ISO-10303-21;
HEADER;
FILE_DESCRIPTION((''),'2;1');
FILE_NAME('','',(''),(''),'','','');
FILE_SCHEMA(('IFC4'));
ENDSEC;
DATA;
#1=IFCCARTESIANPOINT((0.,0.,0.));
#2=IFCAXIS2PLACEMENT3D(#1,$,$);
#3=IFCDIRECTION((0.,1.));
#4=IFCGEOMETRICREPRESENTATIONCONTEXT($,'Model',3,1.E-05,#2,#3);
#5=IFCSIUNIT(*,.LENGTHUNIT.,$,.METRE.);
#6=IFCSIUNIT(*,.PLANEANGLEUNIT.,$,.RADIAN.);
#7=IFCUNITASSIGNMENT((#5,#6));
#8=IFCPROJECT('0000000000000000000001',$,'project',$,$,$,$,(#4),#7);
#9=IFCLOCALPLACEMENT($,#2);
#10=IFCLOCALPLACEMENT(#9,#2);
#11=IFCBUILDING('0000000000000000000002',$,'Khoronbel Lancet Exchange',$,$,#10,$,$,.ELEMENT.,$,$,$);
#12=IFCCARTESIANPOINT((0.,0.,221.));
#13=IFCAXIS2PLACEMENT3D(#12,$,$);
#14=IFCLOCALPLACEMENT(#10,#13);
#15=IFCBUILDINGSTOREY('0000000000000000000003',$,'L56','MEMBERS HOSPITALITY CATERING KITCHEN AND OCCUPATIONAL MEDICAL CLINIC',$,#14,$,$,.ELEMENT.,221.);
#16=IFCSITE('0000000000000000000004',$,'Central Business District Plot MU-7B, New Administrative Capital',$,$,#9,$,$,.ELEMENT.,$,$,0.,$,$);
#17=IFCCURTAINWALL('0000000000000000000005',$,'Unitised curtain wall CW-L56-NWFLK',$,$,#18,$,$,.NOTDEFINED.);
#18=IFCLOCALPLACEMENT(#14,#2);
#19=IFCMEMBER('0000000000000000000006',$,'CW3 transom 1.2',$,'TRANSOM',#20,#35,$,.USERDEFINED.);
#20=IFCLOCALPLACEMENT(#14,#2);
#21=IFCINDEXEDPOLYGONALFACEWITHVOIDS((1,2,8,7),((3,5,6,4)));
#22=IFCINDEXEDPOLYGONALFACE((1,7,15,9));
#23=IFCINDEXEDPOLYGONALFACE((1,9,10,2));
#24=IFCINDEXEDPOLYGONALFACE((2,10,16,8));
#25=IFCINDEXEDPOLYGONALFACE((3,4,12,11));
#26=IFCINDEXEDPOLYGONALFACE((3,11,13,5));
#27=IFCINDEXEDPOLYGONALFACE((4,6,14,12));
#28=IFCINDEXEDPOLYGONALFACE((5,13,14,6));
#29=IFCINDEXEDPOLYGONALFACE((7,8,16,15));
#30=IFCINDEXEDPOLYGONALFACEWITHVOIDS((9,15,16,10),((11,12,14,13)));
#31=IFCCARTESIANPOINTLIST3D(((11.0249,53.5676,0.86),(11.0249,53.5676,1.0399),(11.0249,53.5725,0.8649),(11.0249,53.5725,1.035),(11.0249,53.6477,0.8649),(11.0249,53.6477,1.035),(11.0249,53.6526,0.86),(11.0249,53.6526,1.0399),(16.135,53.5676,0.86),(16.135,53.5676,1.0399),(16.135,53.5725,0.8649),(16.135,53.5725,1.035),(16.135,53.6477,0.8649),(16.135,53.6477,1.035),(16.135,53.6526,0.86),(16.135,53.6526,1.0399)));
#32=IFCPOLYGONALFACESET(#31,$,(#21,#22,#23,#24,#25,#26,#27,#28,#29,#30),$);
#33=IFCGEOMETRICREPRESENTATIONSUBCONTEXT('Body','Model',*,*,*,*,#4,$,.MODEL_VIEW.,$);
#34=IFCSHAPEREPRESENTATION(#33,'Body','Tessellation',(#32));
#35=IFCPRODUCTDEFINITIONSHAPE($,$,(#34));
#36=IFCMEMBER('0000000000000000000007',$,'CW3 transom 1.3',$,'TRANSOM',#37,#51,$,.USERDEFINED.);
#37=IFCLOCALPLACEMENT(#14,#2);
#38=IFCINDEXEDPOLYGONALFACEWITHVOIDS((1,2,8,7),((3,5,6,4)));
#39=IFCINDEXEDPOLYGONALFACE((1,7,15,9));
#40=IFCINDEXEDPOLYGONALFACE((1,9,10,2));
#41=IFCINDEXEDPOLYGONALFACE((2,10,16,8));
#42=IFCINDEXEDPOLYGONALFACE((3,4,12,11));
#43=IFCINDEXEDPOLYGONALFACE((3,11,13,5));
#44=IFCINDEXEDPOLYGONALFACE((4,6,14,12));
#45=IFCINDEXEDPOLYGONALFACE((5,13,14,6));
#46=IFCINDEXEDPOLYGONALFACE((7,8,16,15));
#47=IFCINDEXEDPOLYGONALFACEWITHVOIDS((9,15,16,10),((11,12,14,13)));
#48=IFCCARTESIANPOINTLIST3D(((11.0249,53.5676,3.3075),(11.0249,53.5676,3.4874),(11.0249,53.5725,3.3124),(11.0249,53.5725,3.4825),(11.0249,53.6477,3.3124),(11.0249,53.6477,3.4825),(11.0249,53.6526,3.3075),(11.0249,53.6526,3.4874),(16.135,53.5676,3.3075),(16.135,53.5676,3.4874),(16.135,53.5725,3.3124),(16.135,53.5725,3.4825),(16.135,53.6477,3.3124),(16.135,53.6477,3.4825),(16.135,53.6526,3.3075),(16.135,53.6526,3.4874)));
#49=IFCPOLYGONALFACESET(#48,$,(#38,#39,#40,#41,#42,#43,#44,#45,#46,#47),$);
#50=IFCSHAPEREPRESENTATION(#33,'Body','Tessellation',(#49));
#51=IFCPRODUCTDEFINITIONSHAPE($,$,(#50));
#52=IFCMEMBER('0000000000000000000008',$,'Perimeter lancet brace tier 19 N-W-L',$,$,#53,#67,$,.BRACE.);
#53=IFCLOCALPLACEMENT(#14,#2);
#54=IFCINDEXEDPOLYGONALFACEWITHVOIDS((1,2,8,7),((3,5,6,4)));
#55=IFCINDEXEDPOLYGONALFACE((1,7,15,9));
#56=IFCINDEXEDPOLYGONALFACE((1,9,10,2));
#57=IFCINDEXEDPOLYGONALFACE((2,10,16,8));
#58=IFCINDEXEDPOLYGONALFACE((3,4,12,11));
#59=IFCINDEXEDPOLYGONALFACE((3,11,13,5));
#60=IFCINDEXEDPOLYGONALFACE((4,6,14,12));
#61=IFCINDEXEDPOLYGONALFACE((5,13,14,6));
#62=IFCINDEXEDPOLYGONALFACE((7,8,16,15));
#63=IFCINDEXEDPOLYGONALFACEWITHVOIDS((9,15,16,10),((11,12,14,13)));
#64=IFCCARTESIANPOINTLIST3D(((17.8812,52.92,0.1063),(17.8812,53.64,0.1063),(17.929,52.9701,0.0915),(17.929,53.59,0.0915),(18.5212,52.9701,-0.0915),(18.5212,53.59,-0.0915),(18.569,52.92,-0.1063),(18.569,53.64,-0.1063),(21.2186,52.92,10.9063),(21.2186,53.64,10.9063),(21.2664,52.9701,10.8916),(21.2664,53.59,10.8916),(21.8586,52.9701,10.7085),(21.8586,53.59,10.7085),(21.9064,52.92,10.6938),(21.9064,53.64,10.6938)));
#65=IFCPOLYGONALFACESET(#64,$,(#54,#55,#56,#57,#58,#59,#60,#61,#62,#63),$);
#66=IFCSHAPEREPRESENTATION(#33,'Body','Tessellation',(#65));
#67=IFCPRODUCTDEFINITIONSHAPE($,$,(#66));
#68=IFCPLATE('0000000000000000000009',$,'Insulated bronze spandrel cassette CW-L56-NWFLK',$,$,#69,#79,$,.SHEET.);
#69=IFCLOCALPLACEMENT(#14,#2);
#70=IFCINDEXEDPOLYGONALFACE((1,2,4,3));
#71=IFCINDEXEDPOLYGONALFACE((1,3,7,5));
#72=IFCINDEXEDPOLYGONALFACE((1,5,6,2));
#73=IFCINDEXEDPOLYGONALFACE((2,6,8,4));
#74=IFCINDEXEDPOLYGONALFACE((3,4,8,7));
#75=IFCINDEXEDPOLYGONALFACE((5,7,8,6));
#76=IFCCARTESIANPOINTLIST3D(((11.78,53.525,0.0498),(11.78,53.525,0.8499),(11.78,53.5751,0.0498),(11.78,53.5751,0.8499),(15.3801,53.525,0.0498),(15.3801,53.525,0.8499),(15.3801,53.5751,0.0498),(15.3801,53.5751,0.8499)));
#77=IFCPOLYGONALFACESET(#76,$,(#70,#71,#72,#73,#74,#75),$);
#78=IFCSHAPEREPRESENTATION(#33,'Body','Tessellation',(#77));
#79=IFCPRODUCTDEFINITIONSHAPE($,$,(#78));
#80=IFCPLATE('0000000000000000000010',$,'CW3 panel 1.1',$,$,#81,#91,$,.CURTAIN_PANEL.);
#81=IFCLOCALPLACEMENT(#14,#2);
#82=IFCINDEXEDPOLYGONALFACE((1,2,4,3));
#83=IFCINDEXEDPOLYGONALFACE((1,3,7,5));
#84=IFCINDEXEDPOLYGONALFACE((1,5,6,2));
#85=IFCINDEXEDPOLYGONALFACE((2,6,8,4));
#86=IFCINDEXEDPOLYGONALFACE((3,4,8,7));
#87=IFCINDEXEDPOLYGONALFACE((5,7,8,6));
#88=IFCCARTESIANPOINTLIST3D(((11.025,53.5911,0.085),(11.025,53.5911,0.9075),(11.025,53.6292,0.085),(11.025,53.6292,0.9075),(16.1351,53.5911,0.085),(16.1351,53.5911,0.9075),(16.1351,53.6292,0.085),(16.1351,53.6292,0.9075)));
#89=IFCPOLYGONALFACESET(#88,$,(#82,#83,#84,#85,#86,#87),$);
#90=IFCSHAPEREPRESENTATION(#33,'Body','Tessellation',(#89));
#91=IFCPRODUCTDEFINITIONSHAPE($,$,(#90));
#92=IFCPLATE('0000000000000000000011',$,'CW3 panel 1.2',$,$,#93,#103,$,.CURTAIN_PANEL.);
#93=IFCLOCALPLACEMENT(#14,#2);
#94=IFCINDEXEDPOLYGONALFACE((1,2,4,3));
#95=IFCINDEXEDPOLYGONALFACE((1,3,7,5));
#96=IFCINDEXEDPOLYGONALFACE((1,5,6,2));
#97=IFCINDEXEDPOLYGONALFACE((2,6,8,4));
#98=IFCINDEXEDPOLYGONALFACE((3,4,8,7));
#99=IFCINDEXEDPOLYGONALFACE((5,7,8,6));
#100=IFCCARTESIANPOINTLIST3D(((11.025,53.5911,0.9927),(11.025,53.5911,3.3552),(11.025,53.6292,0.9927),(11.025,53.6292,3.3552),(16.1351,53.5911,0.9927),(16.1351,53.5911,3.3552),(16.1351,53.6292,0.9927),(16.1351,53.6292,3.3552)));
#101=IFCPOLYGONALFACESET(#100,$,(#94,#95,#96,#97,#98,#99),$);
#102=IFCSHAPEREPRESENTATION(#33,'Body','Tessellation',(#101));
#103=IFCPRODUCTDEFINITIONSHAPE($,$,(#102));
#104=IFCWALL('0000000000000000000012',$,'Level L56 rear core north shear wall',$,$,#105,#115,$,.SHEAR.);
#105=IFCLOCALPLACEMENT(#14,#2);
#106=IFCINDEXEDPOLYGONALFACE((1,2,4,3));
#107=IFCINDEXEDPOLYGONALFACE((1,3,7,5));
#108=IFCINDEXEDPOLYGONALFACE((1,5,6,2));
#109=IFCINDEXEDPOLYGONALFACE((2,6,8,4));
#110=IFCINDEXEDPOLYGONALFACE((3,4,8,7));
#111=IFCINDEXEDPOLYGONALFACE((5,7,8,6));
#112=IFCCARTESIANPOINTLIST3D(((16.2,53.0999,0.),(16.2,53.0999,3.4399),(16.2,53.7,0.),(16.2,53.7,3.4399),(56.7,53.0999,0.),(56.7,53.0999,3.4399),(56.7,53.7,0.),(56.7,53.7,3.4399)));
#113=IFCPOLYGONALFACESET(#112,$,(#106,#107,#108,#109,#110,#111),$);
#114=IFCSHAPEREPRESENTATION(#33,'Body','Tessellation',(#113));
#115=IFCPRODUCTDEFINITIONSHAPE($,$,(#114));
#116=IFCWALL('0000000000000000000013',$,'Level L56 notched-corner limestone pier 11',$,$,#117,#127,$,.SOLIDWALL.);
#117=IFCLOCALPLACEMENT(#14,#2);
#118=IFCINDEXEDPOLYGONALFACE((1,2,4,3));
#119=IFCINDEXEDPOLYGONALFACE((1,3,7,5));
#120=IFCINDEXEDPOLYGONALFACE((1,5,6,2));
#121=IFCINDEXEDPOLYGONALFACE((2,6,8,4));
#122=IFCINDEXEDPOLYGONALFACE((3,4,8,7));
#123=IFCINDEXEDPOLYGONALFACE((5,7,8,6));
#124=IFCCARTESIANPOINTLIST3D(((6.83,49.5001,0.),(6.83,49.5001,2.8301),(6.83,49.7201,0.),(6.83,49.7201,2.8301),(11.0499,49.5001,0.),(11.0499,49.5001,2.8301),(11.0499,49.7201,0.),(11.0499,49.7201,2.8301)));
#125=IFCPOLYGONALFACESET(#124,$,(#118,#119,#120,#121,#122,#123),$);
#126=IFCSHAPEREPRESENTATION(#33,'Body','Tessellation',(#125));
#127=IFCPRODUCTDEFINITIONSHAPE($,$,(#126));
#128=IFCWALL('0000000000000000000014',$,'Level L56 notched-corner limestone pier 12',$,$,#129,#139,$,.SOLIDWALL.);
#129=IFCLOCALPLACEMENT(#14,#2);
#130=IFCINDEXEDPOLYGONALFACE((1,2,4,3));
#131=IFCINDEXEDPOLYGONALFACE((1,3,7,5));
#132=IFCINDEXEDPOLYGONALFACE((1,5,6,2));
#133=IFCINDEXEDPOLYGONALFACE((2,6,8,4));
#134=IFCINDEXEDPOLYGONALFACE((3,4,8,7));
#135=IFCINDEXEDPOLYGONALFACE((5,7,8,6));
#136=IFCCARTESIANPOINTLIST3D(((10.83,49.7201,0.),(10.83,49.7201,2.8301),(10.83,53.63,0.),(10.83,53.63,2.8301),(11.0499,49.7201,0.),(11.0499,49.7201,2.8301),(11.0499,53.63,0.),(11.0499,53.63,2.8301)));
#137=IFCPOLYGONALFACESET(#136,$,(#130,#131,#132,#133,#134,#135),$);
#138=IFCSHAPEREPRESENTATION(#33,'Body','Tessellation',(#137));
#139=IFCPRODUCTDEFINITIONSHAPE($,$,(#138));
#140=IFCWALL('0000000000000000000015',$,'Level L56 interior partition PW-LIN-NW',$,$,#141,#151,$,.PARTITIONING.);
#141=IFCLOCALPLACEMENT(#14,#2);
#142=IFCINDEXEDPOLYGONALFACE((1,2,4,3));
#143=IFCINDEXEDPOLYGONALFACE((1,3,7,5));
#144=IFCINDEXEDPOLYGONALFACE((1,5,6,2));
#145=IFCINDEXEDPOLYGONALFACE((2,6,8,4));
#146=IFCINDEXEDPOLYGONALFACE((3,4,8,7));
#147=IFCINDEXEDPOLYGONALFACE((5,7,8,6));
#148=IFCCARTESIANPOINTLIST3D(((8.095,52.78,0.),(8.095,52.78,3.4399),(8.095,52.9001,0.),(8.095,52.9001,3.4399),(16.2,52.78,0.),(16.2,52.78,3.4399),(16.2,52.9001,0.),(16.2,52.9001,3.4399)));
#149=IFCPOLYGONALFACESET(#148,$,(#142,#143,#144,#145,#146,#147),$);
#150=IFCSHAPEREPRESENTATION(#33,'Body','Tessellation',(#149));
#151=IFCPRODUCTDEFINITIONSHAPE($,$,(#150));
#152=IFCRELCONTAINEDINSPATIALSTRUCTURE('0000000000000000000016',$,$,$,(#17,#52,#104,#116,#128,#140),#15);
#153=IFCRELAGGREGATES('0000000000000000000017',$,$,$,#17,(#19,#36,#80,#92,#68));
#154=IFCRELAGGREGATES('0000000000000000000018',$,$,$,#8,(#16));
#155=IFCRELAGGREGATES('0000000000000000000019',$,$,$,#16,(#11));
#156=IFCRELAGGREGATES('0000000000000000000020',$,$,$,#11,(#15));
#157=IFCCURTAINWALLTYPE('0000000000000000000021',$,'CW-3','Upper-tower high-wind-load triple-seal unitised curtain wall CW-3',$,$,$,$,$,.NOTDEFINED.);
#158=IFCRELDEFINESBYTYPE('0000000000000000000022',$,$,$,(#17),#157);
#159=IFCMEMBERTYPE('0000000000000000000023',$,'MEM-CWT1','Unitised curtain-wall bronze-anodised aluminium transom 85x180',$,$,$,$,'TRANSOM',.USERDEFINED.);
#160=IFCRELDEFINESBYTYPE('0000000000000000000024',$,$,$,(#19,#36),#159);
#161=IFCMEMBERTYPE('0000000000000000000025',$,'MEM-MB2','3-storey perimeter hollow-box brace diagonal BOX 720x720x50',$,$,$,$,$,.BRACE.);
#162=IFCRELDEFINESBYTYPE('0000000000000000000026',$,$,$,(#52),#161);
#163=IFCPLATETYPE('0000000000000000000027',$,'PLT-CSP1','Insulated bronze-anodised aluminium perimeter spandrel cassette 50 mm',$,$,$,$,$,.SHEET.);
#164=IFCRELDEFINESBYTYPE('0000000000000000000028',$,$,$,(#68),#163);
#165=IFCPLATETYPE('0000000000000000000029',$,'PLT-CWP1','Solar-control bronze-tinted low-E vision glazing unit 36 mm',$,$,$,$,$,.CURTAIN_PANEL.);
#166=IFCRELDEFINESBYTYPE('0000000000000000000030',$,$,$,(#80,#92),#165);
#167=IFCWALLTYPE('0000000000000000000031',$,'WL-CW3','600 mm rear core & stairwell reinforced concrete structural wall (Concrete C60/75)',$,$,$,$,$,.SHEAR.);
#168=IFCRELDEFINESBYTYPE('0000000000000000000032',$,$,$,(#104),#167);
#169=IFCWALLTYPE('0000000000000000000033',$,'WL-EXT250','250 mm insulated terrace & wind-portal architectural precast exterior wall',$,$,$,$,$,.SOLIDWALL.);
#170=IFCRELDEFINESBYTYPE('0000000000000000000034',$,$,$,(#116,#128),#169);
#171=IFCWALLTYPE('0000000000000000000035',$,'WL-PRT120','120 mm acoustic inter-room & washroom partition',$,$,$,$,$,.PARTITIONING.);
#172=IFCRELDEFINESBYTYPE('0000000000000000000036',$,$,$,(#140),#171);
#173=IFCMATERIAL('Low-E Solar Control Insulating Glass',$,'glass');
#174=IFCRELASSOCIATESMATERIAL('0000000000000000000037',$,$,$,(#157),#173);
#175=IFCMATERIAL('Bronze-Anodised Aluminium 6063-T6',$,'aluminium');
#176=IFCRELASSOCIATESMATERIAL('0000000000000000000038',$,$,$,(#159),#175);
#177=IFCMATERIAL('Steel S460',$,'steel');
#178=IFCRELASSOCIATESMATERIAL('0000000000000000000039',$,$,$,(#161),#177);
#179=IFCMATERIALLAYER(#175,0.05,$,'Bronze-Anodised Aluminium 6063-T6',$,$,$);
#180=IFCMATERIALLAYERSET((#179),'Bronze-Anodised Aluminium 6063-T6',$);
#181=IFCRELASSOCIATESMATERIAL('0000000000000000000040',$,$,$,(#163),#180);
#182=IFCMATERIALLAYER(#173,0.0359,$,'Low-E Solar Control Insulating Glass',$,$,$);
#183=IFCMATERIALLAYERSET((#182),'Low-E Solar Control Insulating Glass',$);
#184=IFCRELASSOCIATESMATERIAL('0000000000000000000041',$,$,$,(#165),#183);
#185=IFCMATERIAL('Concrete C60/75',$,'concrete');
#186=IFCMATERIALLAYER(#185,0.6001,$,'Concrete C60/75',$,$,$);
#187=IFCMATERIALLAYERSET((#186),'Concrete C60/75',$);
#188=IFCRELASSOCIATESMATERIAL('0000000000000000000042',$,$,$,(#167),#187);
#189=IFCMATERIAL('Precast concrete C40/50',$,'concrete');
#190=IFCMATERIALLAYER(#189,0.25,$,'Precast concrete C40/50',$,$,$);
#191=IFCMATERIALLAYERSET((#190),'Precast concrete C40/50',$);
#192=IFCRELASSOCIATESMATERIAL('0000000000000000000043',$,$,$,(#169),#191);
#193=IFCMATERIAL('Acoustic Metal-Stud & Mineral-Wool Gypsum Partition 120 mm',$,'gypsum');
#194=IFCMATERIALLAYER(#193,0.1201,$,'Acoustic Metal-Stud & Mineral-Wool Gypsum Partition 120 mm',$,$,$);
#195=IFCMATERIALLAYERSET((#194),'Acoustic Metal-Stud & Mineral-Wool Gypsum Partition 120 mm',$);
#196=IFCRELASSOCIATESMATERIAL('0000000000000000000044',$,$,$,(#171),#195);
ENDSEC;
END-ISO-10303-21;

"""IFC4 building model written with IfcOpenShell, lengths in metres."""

from ifc_helpers import new_model, si_unit, direction, frame, frame_2d, origin, origin_2d, place, context, subcontext, project, spatial, rectangle, hollow_rectangle, extrude, material, layer, layer_set, material_profile, profile_set, type_object, element, aggregate, save


model = new_model("IFC4")

# Units and contexts
model_context = context("Model", 3, precision=1e-05, world=origin(), true_north=direction((0.0, 1.0)))
body_context = subcontext(model_context, "Body", "Model", "MODEL_VIEW")
ifc_project = project(units=[si_unit("LENGTHUNIT", "METRE"), si_unit("PLANEANGLEUNIT", "RADIAN")], contexts=[model_context])

# Site, building, storey
site_placement = place(None, origin())
site = spatial("IfcSite", under=ifc_project, at=site_placement, Name="Central Business District Plot MU-7B, New Administrative Capital", CompositionType="ELEMENT", RefElevation=0.0)
building_placement = place(site_placement, origin())
building = spatial("IfcBuilding", under=site, at=building_placement, Name="Khoronbel Lancet Exchange", CompositionType="ELEMENT")
storey_placement = place(building_placement, frame((0.0, 0.0, 221.0)))
storey = spatial("IfcBuildingStorey", under=building, at=storey_placement, Name="L56", Description="MEMBERS HOSPITALITY CATERING KITCHEN AND OCCUPATIONAL MEDICAL CLINIC", CompositionType="ELEMENT", Elevation=221.0)

# Shared definitions
ifc_material_1 = material(Name="Steel S460", Category="steel")

# Curtain wall, members
ifc_material_2 = material(Name="Low-E Solar Control Insulating Glass", Category="glass")
curtain_wall_type = type_object("IfcCurtainWallType", Name="CW-3", Description="Upper-tower high-wind-load triple-seal unitised curtain wall CW-3", PredefinedType="NOTDEFINED", material=ifc_material_2)
curtain_wall_placement = place(storey_placement, origin())
curtain_wall = element("IfcCurtainWall", 1, at=curtain_wall_placement, inside=storey, type_object=curtain_wall_type, Name="Unitised curtain wall CW-L56-NWFLK", PredefinedType="NOTDEFINED")
ifc_material_3 = material(Name="Bronze-Anodised Aluminium 6063-T6", Category="aluminium")
ifc_material_profile_1 = material_profile(ifc_material_3, hollow_rectangle(XDim=0.085, YDim=0.1799, WallThickness=0.0049, at=origin_2d()), Name="ALU TRANSOM 85x180")
ifc_profile_set_1 = profile_set([ifc_material_profile_1], Name="Bronze-Anodised Aluminium 6063-T6")
member_type_1 = type_object("IfcMemberType", Name="MEM-CWT1", Description="Unitised curtain-wall bronze-anodised aluminium transom 85x180", ElementType="TRANSOM", PredefinedType="USERDEFINED", material=ifc_profile_set_1)
member_1_placement = place(storey_placement, frame((16.135, 53.6101, 0.95), z_axis=(-1.0, 0.0, 0.0), x_axis=(0.0, -1.0, 0.0)))
member_1 = element("IfcMember", 2, at=member_1_placement, type_object=member_type_1, Name="CW3 transom 1.2", ObjectType="TRANSOM", PredefinedType="USERDEFINED", context=body_context, shape_type="SweptSolid", body=[
    extrude(hollow_rectangle(XDim=0.085, YDim=0.1799, WallThickness=0.0049, at=origin_2d()), origin(), (0.0, 0.0, 1.0), 5.1101),
])
member_2_placement = place(storey_placement, frame((16.135, 53.6101, 3.3975), z_axis=(-1.0, 0.0, 0.0), x_axis=(0.0, -1.0, 0.0)))
member_2 = element("IfcMember", 3, at=member_2_placement, type_object=member_type_1, Name="CW3 transom 1.3", ObjectType="TRANSOM", PredefinedType="USERDEFINED", context=body_context, shape_type="SweptSolid", body=[
    extrude(hollow_rectangle(XDim=0.085, YDim=0.1799, WallThickness=0.0049, at=origin_2d()), origin(), (0.0, 0.0, 1.0), 5.1101),
])

# Member
ifc_material_profile_2 = material_profile(ifc_material_1, hollow_rectangle(XDim=0.72, YDim=0.72, WallThickness=0.05, at=origin_2d()), Name="BOX 720x720x50")
ifc_profile_set_2 = profile_set([ifc_material_profile_2], Name="Steel S460")
member_type_2 = type_object("IfcMemberType", Name="MEM-MB2", Description="3-storey perimeter hollow-box brace diagonal BOX 720x720x50", PredefinedType="BRACE", material=ifc_profile_set_2)
member_3_placement = place(storey_placement, frame((18.2251, 53.28, 0.0), z_axis=(0.295242, 0.0, 0.955422), x_axis=(0.0, 1.0, 0.0)))
element("IfcMember", 4, at=member_3_placement, inside=storey, type_object=member_type_2, Name="Perimeter lancet brace tier 19 N-W-L", PredefinedType="BRACE", context=body_context, shape_type="SweptSolid", body=[
    extrude(hollow_rectangle(XDim=0.72, YDim=0.72, WallThickness=0.05, at=origin_2d()), origin(), (0.0, 0.0, 1.0), 11.304),
])

# Plates
ifc_layer_1 = layer(ifc_material_3, 0.05, Name="Bronze-Anodised Aluminium 6063-T6")
ifc_layer_set_1 = layer_set([ifc_layer_1], Name="Bronze-Anodised Aluminium 6063-T6")
plate_type_1 = type_object("IfcPlateType", Name="PLT-CSP1", Description="Insulated bronze-anodised aluminium perimeter spandrel cassette 50 mm", PredefinedType="SHEET", material=ifc_layer_set_1)
plate_1_placement = place(storey_placement, frame((13.5801, 53.55, 0.0498), z_axis=(0.0, 0.0, 1.0), x_axis=(-1.0, 0.0, 0.0)))
plate_1 = element("IfcPlate", 5, at=plate_1_placement, type_object=plate_type_1, Name="Insulated bronze spandrel cassette CW-L56-NWFLK", PredefinedType="SHEET", context=body_context, shape_type="SweptSolid", body=[
    extrude(rectangle(XDim=3.6001, YDim=0.05, at=origin_2d()), origin(), (0.0, 0.0, 1.0), 0.8),
])
ifc_layer_2 = layer(ifc_material_2, 0.0359, Name="Low-E Solar Control Insulating Glass")
ifc_layer_set_2 = layer_set([ifc_layer_2], Name="Low-E Solar Control Insulating Glass")
plate_type_2 = type_object("IfcPlateType", Name="PLT-CWP1", Description="Solar-control bronze-tinted low-E vision glazing unit 36 mm", PredefinedType="CURTAIN_PANEL", material=ifc_layer_set_2)
plate_2_placement = place(storey_placement, frame((13.5801, 53.6101, 0.085), z_axis=(0.0, 0.0, 1.0), x_axis=(-1.0, 0.0, 0.0)))
plate_2 = element("IfcPlate", 6, at=plate_2_placement, type_object=plate_type_2, Name="CW3 panel 1.1", PredefinedType="CURTAIN_PANEL", context=body_context, shape_type="SweptSolid", body=[
    extrude(rectangle(XDim=5.1101, YDim=0.0381, at=origin_2d()), origin(), (0.0, 0.0, 1.0), 0.8225),
])
plate_3_placement = place(storey_placement, frame((13.5801, 53.6101, 0.9927), z_axis=(0.0, 0.0, 1.0), x_axis=(-1.0, 0.0, 0.0)))
plate_3 = element("IfcPlate", 7, at=plate_3_placement, type_object=plate_type_2, Name="CW3 panel 1.2", PredefinedType="CURTAIN_PANEL", context=body_context, shape_type="SweptSolid", body=[
    extrude(rectangle(XDim=5.1101, YDim=0.0381, at=origin_2d()), origin(), (0.0, 0.0, 1.0), 2.3625),
])
aggregate(curtain_wall, [member_1, member_2, plate_2, plate_3, plate_1])

# Walls
ifc_material_4 = material(Name="Concrete C60/75", Category="concrete")
ifc_layer_3 = layer(ifc_material_4, 0.6001, Name="Concrete C60/75")
ifc_layer_set_3 = layer_set([ifc_layer_3], Name="Concrete C60/75")
wall_type_1 = type_object("IfcWallType", Name="WL-CW3", Description="600 mm rear core & stairwell reinforced concrete structural wall (Concrete C60/75)", PredefinedType="SHEAR", material=ifc_layer_set_3)
wall_1_placement = place(storey_placement, frame((16.2, 53.3999, 0.0), z_axis=(0.0, 0.0, 1.0), x_axis=(1.0, 0.0, 0.0)))
element("IfcWall", 8, at=wall_1_placement, inside=storey, type_object=wall_type_1, Name="Level L56 rear core north shear wall", PredefinedType="SHEAR", context=body_context, shape_type="SweptSolid", body=[
    extrude(rectangle(XDim=40.5, YDim=0.6001, at=frame_2d((20.25, 0.0))), origin(), (0.0, 0.0, 1.0), 3.4399),
])
ifc_material_5 = material(Name="Precast concrete C40/50", Category="concrete")
ifc_layer_4 = layer(ifc_material_5, 0.25, Name="Precast concrete C40/50")
ifc_layer_set_4 = layer_set([ifc_layer_4], Name="Precast concrete C40/50")
wall_type_2 = type_object("IfcWallType", Name="WL-EXT250", Description="250 mm insulated terrace & wind-portal architectural precast exterior wall", PredefinedType="SOLIDWALL", material=ifc_layer_set_4)
wall_2_placement = place(storey_placement, frame((6.8301, 49.6101, 0.0), z_axis=(0.0, 0.0, 1.0), x_axis=(1.0, 0.0, 0.0)))
element("IfcWall", 9, at=wall_2_placement, inside=storey, type_object=wall_type_2, Name="Level L56 notched-corner limestone pier 11", PredefinedType="SOLIDWALL", context=body_context, shape_type="SweptSolid", body=[
    extrude(rectangle(XDim=4.22, YDim=0.22, at=frame_2d((2.1099, 0.0))), origin(), (0.0, 0.0, 1.0), 2.8301),
])
wall_3_placement = place(storey_placement, frame((10.9399, 49.72, 0.0), z_axis=(0.0, 0.0, 1.0), x_axis=(0.0, 1.0, 0.0)))
element("IfcWall", 10, at=wall_3_placement, inside=storey, type_object=wall_type_2, Name="Level L56 notched-corner limestone pier 12", PredefinedType="SOLIDWALL", context=body_context, shape_type="SweptSolid", body=[
    extrude(rectangle(XDim=3.9099, YDim=0.22, at=frame_2d((1.9551, 0.0))), origin(), (0.0, 0.0, 1.0), 2.8301),
])
ifc_material_6 = material(Name="Acoustic Metal-Stud & Mineral-Wool Gypsum Partition 120 mm", Category="gypsum")
ifc_layer_5 = layer(ifc_material_6, 0.1201, Name="Acoustic Metal-Stud & Mineral-Wool Gypsum Partition 120 mm")
ifc_layer_set_5 = layer_set([ifc_layer_5], Name="Acoustic Metal-Stud & Mineral-Wool Gypsum Partition 120 mm")
wall_type_3 = type_object("IfcWallType", Name="WL-PRT120", Description="120 mm acoustic inter-room & washroom partition", PredefinedType="PARTITIONING", material=ifc_layer_set_5)
wall_4_placement = place(storey_placement, frame((8.095, 52.8401, 0.0), z_axis=(0.0, 0.0, 1.0), x_axis=(1.0, 0.0, 0.0)))
element("IfcWall", 11, at=wall_4_placement, inside=storey, type_object=wall_type_3, Name="Level L56 interior partition PW-LIN-NW", PredefinedType="PARTITIONING", context=body_context, shape_type="SweptSolid", body=[
    extrude(rectangle(XDim=8.105, YDim=0.1201, at=frame_2d((4.0525, 0.0))), origin(), (0.0, 0.0, 1.0), 3.4399),
])

save(model, "model.ifc")
